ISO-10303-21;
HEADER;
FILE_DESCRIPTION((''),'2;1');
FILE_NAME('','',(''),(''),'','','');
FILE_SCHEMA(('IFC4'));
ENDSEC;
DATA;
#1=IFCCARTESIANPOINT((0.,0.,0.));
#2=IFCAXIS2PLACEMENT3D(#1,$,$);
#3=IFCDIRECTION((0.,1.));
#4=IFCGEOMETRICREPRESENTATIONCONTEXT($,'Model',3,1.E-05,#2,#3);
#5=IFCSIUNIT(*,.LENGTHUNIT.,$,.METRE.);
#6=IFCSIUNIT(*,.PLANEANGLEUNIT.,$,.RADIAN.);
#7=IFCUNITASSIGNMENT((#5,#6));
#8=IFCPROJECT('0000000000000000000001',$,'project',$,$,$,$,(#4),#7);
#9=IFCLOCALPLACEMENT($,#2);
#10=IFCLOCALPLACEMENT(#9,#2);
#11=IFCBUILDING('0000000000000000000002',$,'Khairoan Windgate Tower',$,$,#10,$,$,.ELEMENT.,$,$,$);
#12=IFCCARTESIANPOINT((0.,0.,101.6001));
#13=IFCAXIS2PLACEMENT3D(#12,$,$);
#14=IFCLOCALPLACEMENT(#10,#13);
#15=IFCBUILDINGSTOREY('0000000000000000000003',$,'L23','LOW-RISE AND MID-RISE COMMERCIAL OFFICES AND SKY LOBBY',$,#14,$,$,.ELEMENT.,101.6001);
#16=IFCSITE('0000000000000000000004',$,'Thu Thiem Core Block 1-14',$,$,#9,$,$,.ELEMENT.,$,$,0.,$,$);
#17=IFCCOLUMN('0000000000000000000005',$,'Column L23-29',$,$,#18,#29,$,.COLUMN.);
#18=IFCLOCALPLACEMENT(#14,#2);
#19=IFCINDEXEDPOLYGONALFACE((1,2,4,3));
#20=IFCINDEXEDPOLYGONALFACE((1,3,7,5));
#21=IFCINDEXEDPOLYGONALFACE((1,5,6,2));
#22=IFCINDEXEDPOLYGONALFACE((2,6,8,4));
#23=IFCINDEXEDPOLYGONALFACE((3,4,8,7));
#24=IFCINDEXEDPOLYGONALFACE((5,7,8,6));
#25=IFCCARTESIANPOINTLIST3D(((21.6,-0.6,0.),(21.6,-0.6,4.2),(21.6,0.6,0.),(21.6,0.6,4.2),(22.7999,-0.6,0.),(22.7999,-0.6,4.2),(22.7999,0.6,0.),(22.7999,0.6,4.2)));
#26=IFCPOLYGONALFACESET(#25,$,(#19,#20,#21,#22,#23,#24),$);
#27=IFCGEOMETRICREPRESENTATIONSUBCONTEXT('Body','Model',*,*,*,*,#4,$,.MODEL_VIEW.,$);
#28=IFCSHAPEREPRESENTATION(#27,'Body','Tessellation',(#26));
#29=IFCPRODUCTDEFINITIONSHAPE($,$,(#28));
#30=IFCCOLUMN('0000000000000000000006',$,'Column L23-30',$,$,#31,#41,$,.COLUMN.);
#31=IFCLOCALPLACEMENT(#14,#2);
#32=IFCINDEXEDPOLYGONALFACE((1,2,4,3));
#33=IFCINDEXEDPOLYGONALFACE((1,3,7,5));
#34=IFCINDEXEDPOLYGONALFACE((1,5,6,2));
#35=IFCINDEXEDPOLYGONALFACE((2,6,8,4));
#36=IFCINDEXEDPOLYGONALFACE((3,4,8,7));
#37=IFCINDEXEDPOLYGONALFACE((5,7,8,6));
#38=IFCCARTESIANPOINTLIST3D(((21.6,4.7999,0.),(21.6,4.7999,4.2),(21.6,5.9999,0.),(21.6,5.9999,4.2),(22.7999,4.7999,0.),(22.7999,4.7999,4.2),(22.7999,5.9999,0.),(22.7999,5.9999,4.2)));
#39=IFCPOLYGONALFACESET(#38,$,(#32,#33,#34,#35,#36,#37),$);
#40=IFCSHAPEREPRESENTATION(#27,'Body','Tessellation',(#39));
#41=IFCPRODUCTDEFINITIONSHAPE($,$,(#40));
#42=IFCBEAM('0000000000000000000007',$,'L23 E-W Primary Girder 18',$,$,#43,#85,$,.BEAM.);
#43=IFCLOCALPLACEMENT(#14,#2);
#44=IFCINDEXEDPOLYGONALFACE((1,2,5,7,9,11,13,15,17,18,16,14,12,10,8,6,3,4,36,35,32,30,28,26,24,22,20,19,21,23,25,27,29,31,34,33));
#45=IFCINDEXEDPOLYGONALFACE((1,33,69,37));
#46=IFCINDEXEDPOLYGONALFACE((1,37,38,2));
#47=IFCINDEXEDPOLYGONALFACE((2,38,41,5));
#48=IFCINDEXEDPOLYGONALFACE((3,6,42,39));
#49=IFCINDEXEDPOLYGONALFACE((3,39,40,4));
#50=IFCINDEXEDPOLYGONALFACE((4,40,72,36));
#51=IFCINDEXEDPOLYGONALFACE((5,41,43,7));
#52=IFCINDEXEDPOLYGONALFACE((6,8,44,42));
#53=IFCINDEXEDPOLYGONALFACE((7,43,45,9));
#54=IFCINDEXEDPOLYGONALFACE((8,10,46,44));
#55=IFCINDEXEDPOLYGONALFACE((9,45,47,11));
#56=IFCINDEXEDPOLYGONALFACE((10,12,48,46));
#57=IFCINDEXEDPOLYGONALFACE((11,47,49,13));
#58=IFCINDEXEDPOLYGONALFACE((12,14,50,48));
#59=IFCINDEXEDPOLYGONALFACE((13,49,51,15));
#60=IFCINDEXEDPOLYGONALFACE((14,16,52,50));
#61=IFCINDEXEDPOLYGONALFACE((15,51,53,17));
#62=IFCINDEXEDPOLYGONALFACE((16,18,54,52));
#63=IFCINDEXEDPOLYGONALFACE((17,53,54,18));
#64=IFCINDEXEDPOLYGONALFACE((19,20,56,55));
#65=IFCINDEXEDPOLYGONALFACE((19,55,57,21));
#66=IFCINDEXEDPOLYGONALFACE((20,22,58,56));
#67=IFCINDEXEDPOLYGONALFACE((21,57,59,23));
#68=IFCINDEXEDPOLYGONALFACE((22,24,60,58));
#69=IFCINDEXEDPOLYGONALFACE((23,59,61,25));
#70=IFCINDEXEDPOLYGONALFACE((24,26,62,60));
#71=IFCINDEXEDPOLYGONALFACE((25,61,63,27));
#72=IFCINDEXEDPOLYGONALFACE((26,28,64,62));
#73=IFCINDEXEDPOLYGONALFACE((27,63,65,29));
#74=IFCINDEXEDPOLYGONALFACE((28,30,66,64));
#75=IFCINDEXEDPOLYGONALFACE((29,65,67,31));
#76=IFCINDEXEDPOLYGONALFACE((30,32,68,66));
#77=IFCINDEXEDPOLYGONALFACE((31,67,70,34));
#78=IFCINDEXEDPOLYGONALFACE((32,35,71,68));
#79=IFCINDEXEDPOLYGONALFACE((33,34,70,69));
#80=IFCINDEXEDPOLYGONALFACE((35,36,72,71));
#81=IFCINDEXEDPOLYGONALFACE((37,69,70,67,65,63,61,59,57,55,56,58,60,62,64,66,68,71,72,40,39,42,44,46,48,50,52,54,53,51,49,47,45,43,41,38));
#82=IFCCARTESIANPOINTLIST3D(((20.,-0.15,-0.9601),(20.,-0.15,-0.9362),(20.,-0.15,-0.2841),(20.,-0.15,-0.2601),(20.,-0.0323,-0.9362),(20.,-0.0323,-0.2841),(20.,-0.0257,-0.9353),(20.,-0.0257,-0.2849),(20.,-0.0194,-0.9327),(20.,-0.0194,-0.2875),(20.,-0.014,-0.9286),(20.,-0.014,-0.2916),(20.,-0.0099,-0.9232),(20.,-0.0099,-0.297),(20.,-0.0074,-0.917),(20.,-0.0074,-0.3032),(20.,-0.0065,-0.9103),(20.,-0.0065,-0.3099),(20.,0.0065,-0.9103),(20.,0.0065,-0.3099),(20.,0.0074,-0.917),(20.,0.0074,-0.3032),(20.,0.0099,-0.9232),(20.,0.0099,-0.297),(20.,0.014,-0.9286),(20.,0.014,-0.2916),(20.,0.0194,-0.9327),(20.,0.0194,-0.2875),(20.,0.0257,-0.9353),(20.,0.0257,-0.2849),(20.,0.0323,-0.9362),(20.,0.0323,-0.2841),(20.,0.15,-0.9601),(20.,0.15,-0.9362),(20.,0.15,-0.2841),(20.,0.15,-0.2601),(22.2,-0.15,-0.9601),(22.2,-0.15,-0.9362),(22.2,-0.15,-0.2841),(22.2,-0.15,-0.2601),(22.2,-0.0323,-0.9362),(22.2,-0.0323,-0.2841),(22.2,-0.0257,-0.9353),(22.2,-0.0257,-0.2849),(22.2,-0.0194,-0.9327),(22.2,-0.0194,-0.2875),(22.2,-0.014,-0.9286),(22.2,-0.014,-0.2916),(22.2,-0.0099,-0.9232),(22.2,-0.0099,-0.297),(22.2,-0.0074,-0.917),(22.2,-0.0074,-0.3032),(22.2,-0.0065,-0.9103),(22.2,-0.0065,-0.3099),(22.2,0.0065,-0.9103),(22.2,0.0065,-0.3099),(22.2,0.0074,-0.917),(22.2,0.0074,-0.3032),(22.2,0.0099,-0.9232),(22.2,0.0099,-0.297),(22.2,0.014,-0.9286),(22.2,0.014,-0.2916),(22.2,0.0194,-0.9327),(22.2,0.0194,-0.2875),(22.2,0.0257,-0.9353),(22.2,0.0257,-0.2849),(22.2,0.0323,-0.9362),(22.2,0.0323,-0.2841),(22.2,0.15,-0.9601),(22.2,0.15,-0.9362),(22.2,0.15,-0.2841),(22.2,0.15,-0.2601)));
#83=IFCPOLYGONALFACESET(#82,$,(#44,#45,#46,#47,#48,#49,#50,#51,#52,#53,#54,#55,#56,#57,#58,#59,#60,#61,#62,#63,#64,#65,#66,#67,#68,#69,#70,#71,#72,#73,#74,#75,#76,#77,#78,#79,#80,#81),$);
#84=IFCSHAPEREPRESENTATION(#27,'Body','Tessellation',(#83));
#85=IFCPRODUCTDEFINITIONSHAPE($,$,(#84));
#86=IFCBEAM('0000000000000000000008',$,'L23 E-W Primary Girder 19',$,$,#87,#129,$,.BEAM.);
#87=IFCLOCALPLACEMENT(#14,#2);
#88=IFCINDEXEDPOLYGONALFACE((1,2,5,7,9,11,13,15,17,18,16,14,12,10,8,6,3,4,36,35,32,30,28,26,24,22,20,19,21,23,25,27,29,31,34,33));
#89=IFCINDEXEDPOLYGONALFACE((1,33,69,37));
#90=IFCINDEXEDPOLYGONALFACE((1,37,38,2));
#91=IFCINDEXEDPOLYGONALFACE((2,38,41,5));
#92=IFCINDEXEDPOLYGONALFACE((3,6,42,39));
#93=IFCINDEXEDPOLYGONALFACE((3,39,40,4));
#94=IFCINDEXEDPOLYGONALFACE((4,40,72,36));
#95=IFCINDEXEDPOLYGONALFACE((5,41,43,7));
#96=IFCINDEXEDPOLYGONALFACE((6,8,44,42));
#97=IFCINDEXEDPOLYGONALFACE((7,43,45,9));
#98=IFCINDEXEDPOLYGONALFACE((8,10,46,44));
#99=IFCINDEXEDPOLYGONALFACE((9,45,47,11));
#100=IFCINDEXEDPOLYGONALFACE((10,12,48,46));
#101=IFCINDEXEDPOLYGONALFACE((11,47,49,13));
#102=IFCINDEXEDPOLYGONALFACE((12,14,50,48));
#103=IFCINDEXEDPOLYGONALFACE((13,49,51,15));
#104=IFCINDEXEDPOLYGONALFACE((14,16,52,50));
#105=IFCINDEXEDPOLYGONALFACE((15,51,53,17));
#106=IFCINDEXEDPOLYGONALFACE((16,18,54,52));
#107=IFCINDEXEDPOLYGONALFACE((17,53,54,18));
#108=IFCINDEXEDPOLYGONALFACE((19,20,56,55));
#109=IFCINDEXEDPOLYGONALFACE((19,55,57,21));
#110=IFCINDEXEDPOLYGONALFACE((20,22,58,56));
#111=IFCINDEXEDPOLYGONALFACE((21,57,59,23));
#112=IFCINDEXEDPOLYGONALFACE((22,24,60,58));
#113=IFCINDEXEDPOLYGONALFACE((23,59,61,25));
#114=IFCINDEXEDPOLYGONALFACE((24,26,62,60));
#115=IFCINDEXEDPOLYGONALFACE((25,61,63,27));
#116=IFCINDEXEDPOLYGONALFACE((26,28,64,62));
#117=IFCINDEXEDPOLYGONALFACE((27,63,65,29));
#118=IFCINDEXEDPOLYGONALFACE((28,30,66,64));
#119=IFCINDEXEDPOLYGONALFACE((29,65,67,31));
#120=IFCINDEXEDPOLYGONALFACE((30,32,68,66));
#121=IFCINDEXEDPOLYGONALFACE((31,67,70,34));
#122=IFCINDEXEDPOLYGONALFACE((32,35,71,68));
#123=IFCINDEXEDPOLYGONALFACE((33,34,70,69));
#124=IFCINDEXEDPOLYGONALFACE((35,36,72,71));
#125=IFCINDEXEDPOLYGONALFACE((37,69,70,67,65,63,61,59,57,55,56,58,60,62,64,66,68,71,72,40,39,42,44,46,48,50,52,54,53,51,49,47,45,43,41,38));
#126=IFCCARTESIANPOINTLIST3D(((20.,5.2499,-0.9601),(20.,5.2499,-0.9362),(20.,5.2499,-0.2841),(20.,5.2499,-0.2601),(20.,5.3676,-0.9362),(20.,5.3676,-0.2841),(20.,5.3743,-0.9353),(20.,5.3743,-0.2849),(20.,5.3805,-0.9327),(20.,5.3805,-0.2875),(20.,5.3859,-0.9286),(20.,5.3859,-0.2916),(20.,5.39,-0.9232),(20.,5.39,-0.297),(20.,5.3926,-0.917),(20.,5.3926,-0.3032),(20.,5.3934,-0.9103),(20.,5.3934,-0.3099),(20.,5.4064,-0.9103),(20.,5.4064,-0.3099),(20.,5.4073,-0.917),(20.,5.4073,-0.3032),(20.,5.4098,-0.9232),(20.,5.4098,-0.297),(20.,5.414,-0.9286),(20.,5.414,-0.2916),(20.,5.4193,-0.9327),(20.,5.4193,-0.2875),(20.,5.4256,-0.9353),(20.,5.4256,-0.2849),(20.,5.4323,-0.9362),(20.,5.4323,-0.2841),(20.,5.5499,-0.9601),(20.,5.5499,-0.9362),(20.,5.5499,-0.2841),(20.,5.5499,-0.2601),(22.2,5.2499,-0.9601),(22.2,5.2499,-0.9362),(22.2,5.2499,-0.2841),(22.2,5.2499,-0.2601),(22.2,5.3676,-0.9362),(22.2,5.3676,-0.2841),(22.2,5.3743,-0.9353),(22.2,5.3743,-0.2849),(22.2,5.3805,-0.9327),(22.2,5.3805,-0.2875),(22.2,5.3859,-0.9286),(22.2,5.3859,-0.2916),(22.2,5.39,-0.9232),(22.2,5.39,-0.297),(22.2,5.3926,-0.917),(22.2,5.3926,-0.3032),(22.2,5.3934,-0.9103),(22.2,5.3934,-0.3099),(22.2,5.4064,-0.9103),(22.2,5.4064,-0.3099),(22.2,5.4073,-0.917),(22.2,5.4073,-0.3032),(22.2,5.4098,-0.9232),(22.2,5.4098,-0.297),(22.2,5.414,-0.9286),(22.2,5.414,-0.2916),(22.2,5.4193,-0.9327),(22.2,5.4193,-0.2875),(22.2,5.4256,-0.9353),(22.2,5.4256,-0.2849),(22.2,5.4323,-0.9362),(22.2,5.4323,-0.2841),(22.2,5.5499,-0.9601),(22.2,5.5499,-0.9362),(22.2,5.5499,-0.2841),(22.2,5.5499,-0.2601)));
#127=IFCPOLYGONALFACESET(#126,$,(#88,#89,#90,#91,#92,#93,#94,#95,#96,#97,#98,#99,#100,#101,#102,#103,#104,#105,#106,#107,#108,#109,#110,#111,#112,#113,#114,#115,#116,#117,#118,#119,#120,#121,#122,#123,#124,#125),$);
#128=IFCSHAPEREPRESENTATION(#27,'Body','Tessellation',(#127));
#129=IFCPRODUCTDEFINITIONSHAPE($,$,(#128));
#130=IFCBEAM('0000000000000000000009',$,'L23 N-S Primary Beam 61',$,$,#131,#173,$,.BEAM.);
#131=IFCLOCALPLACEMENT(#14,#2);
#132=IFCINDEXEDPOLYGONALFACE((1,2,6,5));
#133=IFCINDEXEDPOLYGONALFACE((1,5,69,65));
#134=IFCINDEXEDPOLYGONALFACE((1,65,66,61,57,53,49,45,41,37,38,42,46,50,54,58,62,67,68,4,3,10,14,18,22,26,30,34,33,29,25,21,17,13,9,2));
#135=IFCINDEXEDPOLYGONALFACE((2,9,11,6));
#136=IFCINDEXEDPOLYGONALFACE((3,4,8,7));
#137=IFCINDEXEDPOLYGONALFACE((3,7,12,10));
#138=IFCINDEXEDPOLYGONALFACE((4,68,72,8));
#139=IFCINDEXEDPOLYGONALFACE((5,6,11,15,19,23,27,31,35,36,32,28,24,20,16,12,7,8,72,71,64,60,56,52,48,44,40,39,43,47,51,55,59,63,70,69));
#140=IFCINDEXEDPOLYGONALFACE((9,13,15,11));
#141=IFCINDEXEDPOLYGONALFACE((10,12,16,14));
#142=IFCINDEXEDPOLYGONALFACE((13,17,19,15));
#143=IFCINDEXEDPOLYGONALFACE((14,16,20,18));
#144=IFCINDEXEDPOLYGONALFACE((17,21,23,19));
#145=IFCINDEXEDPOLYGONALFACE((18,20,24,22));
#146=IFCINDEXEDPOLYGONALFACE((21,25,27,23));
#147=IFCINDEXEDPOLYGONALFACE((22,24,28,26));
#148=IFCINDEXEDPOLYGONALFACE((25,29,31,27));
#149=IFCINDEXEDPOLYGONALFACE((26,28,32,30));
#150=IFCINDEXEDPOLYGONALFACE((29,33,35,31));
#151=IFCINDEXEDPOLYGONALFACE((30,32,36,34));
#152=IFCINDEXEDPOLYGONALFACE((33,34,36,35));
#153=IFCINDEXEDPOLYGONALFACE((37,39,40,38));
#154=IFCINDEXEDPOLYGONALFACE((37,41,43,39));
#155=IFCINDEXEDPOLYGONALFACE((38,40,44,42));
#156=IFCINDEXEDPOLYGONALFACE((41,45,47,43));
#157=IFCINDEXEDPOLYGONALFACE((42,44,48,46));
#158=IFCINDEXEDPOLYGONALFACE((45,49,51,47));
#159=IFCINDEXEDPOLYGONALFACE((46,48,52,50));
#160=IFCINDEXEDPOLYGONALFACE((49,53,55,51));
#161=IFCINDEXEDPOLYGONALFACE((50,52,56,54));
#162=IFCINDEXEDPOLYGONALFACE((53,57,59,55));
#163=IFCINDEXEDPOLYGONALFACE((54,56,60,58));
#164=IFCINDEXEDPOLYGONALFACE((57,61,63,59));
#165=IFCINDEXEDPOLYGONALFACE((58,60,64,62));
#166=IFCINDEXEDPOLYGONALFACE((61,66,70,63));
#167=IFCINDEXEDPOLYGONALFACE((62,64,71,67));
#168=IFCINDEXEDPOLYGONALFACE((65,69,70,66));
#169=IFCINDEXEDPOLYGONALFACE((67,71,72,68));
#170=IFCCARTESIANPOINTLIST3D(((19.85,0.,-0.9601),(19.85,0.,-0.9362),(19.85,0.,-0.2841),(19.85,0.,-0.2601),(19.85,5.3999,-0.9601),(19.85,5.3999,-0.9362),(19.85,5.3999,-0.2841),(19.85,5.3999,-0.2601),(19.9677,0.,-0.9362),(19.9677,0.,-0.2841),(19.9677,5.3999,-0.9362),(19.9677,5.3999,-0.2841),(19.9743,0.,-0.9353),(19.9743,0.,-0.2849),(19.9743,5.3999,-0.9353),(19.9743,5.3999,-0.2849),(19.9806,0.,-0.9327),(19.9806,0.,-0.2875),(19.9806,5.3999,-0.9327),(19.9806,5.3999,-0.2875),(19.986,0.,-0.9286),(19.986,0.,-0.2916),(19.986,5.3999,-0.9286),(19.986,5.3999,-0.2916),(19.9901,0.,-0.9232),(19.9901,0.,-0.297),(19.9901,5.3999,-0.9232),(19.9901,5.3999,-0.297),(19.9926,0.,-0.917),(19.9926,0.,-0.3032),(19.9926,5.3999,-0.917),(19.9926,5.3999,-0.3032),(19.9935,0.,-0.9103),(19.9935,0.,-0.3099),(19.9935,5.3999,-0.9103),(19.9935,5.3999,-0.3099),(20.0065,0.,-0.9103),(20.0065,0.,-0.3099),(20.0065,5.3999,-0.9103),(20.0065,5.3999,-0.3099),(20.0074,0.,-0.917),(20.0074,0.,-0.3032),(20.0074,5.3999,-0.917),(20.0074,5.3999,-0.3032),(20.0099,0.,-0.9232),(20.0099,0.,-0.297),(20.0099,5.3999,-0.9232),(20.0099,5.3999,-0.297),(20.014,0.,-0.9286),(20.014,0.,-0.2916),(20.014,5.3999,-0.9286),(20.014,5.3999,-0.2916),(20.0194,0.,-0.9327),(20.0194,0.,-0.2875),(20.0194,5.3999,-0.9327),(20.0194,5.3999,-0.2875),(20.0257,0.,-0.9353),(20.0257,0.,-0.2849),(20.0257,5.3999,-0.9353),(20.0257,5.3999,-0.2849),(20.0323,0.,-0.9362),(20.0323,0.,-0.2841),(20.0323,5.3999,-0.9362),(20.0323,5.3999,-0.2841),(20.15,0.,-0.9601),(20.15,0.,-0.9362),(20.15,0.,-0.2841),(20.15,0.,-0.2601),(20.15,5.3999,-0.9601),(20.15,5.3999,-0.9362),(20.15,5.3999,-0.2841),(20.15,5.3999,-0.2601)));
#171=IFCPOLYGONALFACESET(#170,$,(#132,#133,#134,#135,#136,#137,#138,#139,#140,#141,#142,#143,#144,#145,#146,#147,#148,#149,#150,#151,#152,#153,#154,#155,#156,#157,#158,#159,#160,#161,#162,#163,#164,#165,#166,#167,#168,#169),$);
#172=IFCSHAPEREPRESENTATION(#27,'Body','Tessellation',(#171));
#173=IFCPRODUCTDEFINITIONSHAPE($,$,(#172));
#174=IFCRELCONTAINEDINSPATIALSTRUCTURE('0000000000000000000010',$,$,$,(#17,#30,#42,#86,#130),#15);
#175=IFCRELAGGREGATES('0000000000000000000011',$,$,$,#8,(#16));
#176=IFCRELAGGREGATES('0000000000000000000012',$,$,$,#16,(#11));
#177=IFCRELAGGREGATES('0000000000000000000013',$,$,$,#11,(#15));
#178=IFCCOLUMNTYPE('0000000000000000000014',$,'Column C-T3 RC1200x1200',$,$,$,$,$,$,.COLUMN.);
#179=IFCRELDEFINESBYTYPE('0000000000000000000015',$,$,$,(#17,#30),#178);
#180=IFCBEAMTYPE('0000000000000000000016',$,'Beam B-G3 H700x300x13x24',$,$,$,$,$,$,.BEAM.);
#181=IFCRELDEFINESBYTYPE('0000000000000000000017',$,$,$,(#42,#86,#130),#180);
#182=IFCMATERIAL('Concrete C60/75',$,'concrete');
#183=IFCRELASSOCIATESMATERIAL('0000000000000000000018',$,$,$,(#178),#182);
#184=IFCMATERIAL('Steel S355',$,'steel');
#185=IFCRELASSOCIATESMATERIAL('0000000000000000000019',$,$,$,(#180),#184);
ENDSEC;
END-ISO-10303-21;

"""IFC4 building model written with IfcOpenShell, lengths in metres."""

from ifc_helpers import new_model, si_unit, direction, frame, origin, origin_2d, place, context, subcontext, project, spatial, rectangle, i_section, extrude, material, material_profile, profile_set, type_object, element, save


model = new_model("IFC4")

# Units and contexts
model_context = context("Model", 3, precision=1e-05, world=origin(), true_north=direction((0.0, 1.0)))
body_context = subcontext(model_context, "Body", "Model", "MODEL_VIEW")
ifc_project = project(units=[si_unit("LENGTHUNIT", "METRE"), si_unit("PLANEANGLEUNIT", "RADIAN")], contexts=[model_context])

# Site, building, storey
site_placement = place(None, origin())
site = spatial("IfcSite", under=ifc_project, at=site_placement, Name="Thu Thiem Core Block 1-14", CompositionType="ELEMENT", RefElevation=0.0)
building_placement = place(site_placement, origin())
building = spatial("IfcBuilding", under=site, at=building_placement, Name="Khairoan Windgate Tower", CompositionType="ELEMENT")
storey_placement = place(building_placement, frame((0.0, 0.0, 101.6001)))
storey = spatial("IfcBuildingStorey", under=building, at=storey_placement, Name="L23", Description="LOW-RISE AND MID-RISE COMMERCIAL OFFICES AND SKY LOBBY", CompositionType="ELEMENT", Elevation=101.6001)

# Columns
ifc_material_1 = material(Name="Concrete C60/75", Category="concrete")
ifc_material_profile_1 = material_profile(ifc_material_1, rectangle(XDim=1.2, YDim=1.2, at=origin_2d()))
ifc_profile_set_1 = profile_set([ifc_material_profile_1], Name="Concrete C60/75")
column_type = type_object("IfcColumnType", Name="Column C-T3 RC1200x1200", PredefinedType="COLUMN", material=ifc_profile_set_1)
for number, where, z_axis, x_axis, name in (
    (1, (22.2, 0.0, 0.0), (0.0, 0.0, 1.0), (1.0, 0.0, 0.0), "Column L23-29"),
    (2, (22.2, 5.3999, 0.0), (0.0, 0.0, 1.0), (1.0, 0.0, 0.0), "Column L23-30"),
):
    element("IfcColumn", number, at=place(storey_placement, frame(where, z_axis=z_axis, x_axis=x_axis)), inside=storey, type_object=column_type, Name=name, PredefinedType="COLUMN", context=body_context, shape_type="SweptSolid", body=[
        extrude(rectangle(XDim=1.2, YDim=1.2, at=origin_2d()), origin(), (0.0, 0.0, 1.0), 4.2),
    ])

# Beams
ifc_material_2 = material(Name="Steel S355", Category="steel")
ifc_material_profile_2 = material_profile(ifc_material_2, i_section(OverallWidth=0.3, OverallDepth=0.7, WebThickness=0.0129, FlangeThickness=0.0239, FilletRadius=0.0259, at=origin_2d()))
ifc_profile_set_2 = profile_set([ifc_material_profile_2], Name="Steel S355")
beam_type_1 = type_object("IfcBeamType", Name="Beam B-G3 H700x300x13x24", PredefinedType="BEAM", material=ifc_profile_set_2)
for number, where, z_axis, x_axis, name in (
    (3, (20.0, 0.0, -0.6101), (1.0, 0.0, 0.0), (0.0, 1.0, 0.0), "L23 E-W Primary Girder 18"),
    (4, (20.0, 5.3999, -0.6101), (1.0, 0.0, 0.0), (0.0, 1.0, 0.0), "L23 E-W Primary Girder 19"),
):
    element("IfcBeam", number, at=place(storey_placement, frame(where, z_axis=z_axis, x_axis=x_axis)), inside=storey, type_object=beam_type_1, Name=name, PredefinedType="BEAM", context=body_context, shape_type="SweptSolid", body=[
        extrude(i_section(OverallWidth=0.3, OverallDepth=0.7, WebThickness=0.0129, FlangeThickness=0.0239, FilletRadius=0.0259, at=origin_2d()), origin(), (0.0, 0.0, 1.0), 2.2),
    ])
beam_1_placement = place(storey_placement, frame((20.0, 0.0, -0.6101), z_axis=(0.0, 1.0, 0.0), x_axis=(-1.0, 0.0, 0.0)))
element("IfcBeam", 5, at=beam_1_placement, inside=storey, type_object=beam_type_1, Name="L23 N-S Primary Beam 61", PredefinedType="BEAM", context=body_context, shape_type="SweptSolid", body=[
    extrude(i_section(OverallWidth=0.3, OverallDepth=0.7, WebThickness=0.0129, FlangeThickness=0.0239, FilletRadius=0.0259, at=origin_2d()), origin(), (0.0, 0.0, 1.0), 5.3999),
])

save(model, "model.ifc")
